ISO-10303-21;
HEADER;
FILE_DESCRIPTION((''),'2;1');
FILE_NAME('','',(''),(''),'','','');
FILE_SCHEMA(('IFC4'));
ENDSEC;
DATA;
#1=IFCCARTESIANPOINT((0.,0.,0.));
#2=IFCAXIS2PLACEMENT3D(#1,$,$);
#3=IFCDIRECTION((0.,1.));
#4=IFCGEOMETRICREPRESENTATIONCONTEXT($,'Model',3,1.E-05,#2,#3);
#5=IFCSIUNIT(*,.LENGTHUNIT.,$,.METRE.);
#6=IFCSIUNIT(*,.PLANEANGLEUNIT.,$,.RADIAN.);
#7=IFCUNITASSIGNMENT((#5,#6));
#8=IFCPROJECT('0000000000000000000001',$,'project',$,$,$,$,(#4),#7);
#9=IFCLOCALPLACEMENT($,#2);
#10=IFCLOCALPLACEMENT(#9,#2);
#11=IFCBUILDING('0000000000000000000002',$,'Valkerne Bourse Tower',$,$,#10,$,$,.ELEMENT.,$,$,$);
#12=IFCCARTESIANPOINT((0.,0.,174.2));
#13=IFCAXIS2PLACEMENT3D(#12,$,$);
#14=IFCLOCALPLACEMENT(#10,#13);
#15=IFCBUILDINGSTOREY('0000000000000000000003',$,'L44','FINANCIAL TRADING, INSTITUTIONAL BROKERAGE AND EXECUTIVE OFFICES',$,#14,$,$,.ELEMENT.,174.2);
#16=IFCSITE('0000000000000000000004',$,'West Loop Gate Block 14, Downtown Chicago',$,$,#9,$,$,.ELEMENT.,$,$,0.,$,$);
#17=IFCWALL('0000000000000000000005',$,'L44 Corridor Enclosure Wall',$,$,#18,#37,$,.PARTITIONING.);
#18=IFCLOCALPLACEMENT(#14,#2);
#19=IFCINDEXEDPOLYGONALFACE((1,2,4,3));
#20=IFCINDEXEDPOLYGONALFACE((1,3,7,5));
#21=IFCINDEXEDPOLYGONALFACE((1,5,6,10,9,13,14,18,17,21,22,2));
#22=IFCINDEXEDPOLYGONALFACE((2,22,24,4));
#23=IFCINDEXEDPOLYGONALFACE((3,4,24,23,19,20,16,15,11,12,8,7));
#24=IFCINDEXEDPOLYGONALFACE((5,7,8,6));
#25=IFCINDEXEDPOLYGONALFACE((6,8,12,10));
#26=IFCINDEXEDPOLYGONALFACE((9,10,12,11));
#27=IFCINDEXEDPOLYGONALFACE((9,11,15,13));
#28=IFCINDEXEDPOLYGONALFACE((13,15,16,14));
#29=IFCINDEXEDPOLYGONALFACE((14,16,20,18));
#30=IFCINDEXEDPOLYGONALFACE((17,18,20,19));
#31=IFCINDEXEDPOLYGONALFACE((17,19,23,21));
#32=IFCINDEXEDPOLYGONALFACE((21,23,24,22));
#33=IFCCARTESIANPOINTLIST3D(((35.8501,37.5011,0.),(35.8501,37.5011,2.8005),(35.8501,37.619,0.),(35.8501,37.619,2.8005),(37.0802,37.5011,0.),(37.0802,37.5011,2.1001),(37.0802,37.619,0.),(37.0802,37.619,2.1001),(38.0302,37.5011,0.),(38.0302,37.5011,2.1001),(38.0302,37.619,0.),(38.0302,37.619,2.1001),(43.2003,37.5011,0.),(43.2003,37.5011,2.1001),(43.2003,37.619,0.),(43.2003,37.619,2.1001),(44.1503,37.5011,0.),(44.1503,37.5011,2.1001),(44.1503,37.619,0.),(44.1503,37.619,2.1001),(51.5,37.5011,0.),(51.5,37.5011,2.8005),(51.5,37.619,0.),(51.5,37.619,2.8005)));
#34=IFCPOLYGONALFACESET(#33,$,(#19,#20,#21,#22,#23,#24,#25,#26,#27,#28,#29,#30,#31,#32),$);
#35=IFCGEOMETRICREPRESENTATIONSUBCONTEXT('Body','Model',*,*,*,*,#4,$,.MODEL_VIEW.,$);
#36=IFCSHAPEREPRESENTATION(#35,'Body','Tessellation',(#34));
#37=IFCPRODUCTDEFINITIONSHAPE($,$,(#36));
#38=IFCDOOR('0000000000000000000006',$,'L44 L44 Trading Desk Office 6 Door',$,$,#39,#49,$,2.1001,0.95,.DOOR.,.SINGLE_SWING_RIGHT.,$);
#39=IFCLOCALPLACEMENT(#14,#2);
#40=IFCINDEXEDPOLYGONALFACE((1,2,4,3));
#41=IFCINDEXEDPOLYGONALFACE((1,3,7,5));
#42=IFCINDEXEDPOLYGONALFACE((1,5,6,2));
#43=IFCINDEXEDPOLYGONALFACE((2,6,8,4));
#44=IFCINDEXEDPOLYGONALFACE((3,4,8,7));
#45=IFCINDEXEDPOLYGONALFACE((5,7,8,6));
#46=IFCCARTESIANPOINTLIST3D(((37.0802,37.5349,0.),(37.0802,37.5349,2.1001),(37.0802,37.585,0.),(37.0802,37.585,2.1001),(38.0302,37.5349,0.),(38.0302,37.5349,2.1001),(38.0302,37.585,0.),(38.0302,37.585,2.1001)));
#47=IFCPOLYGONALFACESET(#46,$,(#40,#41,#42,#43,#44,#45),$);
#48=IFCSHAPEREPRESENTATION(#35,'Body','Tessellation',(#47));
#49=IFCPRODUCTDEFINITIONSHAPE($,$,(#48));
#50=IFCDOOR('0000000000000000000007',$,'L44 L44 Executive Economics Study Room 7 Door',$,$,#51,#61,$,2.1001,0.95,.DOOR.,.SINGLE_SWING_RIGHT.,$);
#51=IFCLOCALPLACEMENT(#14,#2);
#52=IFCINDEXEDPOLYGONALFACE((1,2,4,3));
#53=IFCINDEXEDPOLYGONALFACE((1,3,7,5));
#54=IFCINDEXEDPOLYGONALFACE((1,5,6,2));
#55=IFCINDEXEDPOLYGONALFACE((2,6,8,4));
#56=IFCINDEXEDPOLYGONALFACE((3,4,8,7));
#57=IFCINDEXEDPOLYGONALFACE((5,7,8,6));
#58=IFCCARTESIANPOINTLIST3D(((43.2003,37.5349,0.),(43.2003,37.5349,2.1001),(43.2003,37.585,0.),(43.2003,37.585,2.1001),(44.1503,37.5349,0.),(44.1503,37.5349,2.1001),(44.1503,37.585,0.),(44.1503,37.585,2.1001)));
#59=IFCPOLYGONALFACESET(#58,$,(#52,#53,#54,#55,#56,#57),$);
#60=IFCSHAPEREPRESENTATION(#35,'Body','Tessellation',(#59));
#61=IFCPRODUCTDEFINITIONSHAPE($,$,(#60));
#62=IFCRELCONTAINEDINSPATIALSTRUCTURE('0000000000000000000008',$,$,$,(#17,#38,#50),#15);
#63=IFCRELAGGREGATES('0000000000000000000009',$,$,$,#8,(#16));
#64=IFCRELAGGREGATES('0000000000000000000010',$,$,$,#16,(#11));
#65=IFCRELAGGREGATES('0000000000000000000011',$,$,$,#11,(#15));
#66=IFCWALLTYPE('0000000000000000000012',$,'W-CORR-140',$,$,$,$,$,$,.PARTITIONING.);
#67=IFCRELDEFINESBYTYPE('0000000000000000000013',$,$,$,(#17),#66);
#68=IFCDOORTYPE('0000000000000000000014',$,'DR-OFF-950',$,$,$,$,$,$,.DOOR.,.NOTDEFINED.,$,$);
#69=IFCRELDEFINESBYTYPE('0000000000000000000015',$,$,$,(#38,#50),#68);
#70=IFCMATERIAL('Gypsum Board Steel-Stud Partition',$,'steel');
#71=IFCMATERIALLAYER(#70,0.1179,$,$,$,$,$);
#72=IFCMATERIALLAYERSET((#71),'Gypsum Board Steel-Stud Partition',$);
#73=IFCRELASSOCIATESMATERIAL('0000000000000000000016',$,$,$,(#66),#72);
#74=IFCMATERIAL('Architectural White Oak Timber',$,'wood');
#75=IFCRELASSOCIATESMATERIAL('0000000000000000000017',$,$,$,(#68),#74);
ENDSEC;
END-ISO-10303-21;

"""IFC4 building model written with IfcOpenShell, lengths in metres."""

from ifc_helpers import new_model, si_unit, direction, frame, frame_2d, origin, place, context, subcontext, project, spatial, rectangle, extrude, material, layer, layer_set, type_object, element, fill, save


model = new_model("IFC4")

# Units and contexts
model_context = context("Model", 3, precision=1e-05, world=origin(), true_north=direction((0.0, 1.0)))
body_context = subcontext(model_context, "Body", "Model", "MODEL_VIEW")
ifc_project = project(units=[si_unit("LENGTHUNIT", "METRE"), si_unit("PLANEANGLEUNIT", "RADIAN")], contexts=[model_context])

# Site, building, storey
site_placement = place(None, origin())
site = spatial("IfcSite", under=ifc_project, at=site_placement, Name="West Loop Gate Block 14, Downtown Chicago", CompositionType="ELEMENT", RefElevation=0.0)
building_placement = place(site_placement, origin())
building = spatial("IfcBuilding", under=site, at=building_placement, Name="Valkerne Bourse Tower", CompositionType="ELEMENT")
storey_placement = place(building_placement, frame((0.0, 0.0, 174.2)))
storey = spatial("IfcBuildingStorey", under=building, at=storey_placement, Name="L44", Description="FINANCIAL TRADING, INSTITUTIONAL BROKERAGE AND EXECUTIVE OFFICES", CompositionType="ELEMENT", Elevation=174.2)

# Wall, openings, doors
ifc_material_1 = material(Name="Gypsum Board Steel-Stud Partition", Category="steel")
ifc_layer_1 = layer(ifc_material_1, 0.1179)
ifc_layer_set_1 = layer_set([ifc_layer_1], Name="Gypsum Board Steel-Stud Partition")
wall_type = type_object("IfcWallType", Name="W-CORR-140", PredefinedType="PARTITIONING", material=ifc_layer_set_1)
wall_placement = place(storey_placement, frame((35.8501, 37.5601, 0.0), z_axis=(0.0, 0.0, 1.0), x_axis=(1.0, 0.0, 0.0)))
wall = element("IfcWall", 1, at=wall_placement, inside=storey, type_object=wall_type, Name="L44 Corridor Enclosure Wall", PredefinedType="PARTITIONING", context=body_context, shape_type="SweptSolid", body=[
    extrude(rectangle(XDim=15.6499, YDim=0.1179, at=frame_2d((7.825, 0.0))), origin(), (0.0, 0.0, 1.0), 2.8005),
])
opening_1_placement = place(wall_placement, frame((1.23, 0.0, 0.0)))
opening_1 = element("IfcOpeningElement", 2, at=opening_1_placement, cuts=wall, PredefinedType="OPENING", context=body_context, shape_type="SweptSolid", body=[
    extrude(rectangle(XDim=0.95, YDim=2.1001, at=frame_2d((0.4751, 1.05))), frame((0.0, 0.0688, 0.0), z_axis=(0.0, -1.0, 0.0), x_axis=(1.0, 0.0, 0.0)), (0.0, 0.0, 1.0), 0.1379),
])
opening_2_placement = place(wall_placement, frame((7.3501, 0.0, 0.0)))
opening_2 = element("IfcOpeningElement", 3, at=opening_2_placement, cuts=wall, PredefinedType="OPENING", context=body_context, shape_type="SweptSolid", body=[
    extrude(rectangle(XDim=0.95, YDim=2.1001, at=frame_2d((0.4751, 1.05))), frame((0.0, 0.0688, 0.0), z_axis=(0.0, -1.0, 0.0), x_axis=(1.0, 0.0, 0.0)), (0.0, 0.0, 1.0), 0.1379),
])
ifc_material_2 = material(Name="Architectural White Oak Timber", Category="wood")
door_type = type_object("IfcDoorType", Name="DR-OFF-950", OperationType="NOTDEFINED", PredefinedType="DOOR", material=ifc_material_2)
door_1_placement = place(opening_1_placement, origin())
door_1 = element("IfcDoor", 4, at=door_1_placement, inside=storey, type_object=door_type, Name="L44 L44 Trading Desk Office 6 Door", OperationType="SINGLE_SWING_RIGHT", OverallHeight=2.1001, OverallWidth=0.95, PredefinedType="DOOR", context=body_context, shape_type="SweptSolid", body=[
    extrude(rectangle(XDim=0.95, YDim=2.1001, at=frame_2d((0.4751, 1.05))), frame((0.0, 0.0249, 0.0), z_axis=(0.0, -1.0, 0.0), x_axis=(1.0, 0.0, 0.0)), (0.0, 0.0, 1.0), 0.05),
])
fill(opening_1, door_1)
door_2_placement = place(opening_2_placement, origin())
door_2 = element("IfcDoor", 5, at=door_2_placement, inside=storey, type_object=door_type, Name="L44 L44 Executive Economics Study Room 7 Door", OperationType="SINGLE_SWING_RIGHT", OverallHeight=2.1001, OverallWidth=0.95, PredefinedType="DOOR", context=body_context, shape_type="SweptSolid", body=[
    extrude(rectangle(XDim=0.95, YDim=2.1001, at=frame_2d((0.4751, 1.05))), frame((0.0, 0.0249, 0.0), z_axis=(0.0, -1.0, 0.0), x_axis=(1.0, 0.0, 0.0)), (0.0, 0.0, 1.0), 0.05),
])
fill(opening_2, door_2)

save(model, "model.ifc")
